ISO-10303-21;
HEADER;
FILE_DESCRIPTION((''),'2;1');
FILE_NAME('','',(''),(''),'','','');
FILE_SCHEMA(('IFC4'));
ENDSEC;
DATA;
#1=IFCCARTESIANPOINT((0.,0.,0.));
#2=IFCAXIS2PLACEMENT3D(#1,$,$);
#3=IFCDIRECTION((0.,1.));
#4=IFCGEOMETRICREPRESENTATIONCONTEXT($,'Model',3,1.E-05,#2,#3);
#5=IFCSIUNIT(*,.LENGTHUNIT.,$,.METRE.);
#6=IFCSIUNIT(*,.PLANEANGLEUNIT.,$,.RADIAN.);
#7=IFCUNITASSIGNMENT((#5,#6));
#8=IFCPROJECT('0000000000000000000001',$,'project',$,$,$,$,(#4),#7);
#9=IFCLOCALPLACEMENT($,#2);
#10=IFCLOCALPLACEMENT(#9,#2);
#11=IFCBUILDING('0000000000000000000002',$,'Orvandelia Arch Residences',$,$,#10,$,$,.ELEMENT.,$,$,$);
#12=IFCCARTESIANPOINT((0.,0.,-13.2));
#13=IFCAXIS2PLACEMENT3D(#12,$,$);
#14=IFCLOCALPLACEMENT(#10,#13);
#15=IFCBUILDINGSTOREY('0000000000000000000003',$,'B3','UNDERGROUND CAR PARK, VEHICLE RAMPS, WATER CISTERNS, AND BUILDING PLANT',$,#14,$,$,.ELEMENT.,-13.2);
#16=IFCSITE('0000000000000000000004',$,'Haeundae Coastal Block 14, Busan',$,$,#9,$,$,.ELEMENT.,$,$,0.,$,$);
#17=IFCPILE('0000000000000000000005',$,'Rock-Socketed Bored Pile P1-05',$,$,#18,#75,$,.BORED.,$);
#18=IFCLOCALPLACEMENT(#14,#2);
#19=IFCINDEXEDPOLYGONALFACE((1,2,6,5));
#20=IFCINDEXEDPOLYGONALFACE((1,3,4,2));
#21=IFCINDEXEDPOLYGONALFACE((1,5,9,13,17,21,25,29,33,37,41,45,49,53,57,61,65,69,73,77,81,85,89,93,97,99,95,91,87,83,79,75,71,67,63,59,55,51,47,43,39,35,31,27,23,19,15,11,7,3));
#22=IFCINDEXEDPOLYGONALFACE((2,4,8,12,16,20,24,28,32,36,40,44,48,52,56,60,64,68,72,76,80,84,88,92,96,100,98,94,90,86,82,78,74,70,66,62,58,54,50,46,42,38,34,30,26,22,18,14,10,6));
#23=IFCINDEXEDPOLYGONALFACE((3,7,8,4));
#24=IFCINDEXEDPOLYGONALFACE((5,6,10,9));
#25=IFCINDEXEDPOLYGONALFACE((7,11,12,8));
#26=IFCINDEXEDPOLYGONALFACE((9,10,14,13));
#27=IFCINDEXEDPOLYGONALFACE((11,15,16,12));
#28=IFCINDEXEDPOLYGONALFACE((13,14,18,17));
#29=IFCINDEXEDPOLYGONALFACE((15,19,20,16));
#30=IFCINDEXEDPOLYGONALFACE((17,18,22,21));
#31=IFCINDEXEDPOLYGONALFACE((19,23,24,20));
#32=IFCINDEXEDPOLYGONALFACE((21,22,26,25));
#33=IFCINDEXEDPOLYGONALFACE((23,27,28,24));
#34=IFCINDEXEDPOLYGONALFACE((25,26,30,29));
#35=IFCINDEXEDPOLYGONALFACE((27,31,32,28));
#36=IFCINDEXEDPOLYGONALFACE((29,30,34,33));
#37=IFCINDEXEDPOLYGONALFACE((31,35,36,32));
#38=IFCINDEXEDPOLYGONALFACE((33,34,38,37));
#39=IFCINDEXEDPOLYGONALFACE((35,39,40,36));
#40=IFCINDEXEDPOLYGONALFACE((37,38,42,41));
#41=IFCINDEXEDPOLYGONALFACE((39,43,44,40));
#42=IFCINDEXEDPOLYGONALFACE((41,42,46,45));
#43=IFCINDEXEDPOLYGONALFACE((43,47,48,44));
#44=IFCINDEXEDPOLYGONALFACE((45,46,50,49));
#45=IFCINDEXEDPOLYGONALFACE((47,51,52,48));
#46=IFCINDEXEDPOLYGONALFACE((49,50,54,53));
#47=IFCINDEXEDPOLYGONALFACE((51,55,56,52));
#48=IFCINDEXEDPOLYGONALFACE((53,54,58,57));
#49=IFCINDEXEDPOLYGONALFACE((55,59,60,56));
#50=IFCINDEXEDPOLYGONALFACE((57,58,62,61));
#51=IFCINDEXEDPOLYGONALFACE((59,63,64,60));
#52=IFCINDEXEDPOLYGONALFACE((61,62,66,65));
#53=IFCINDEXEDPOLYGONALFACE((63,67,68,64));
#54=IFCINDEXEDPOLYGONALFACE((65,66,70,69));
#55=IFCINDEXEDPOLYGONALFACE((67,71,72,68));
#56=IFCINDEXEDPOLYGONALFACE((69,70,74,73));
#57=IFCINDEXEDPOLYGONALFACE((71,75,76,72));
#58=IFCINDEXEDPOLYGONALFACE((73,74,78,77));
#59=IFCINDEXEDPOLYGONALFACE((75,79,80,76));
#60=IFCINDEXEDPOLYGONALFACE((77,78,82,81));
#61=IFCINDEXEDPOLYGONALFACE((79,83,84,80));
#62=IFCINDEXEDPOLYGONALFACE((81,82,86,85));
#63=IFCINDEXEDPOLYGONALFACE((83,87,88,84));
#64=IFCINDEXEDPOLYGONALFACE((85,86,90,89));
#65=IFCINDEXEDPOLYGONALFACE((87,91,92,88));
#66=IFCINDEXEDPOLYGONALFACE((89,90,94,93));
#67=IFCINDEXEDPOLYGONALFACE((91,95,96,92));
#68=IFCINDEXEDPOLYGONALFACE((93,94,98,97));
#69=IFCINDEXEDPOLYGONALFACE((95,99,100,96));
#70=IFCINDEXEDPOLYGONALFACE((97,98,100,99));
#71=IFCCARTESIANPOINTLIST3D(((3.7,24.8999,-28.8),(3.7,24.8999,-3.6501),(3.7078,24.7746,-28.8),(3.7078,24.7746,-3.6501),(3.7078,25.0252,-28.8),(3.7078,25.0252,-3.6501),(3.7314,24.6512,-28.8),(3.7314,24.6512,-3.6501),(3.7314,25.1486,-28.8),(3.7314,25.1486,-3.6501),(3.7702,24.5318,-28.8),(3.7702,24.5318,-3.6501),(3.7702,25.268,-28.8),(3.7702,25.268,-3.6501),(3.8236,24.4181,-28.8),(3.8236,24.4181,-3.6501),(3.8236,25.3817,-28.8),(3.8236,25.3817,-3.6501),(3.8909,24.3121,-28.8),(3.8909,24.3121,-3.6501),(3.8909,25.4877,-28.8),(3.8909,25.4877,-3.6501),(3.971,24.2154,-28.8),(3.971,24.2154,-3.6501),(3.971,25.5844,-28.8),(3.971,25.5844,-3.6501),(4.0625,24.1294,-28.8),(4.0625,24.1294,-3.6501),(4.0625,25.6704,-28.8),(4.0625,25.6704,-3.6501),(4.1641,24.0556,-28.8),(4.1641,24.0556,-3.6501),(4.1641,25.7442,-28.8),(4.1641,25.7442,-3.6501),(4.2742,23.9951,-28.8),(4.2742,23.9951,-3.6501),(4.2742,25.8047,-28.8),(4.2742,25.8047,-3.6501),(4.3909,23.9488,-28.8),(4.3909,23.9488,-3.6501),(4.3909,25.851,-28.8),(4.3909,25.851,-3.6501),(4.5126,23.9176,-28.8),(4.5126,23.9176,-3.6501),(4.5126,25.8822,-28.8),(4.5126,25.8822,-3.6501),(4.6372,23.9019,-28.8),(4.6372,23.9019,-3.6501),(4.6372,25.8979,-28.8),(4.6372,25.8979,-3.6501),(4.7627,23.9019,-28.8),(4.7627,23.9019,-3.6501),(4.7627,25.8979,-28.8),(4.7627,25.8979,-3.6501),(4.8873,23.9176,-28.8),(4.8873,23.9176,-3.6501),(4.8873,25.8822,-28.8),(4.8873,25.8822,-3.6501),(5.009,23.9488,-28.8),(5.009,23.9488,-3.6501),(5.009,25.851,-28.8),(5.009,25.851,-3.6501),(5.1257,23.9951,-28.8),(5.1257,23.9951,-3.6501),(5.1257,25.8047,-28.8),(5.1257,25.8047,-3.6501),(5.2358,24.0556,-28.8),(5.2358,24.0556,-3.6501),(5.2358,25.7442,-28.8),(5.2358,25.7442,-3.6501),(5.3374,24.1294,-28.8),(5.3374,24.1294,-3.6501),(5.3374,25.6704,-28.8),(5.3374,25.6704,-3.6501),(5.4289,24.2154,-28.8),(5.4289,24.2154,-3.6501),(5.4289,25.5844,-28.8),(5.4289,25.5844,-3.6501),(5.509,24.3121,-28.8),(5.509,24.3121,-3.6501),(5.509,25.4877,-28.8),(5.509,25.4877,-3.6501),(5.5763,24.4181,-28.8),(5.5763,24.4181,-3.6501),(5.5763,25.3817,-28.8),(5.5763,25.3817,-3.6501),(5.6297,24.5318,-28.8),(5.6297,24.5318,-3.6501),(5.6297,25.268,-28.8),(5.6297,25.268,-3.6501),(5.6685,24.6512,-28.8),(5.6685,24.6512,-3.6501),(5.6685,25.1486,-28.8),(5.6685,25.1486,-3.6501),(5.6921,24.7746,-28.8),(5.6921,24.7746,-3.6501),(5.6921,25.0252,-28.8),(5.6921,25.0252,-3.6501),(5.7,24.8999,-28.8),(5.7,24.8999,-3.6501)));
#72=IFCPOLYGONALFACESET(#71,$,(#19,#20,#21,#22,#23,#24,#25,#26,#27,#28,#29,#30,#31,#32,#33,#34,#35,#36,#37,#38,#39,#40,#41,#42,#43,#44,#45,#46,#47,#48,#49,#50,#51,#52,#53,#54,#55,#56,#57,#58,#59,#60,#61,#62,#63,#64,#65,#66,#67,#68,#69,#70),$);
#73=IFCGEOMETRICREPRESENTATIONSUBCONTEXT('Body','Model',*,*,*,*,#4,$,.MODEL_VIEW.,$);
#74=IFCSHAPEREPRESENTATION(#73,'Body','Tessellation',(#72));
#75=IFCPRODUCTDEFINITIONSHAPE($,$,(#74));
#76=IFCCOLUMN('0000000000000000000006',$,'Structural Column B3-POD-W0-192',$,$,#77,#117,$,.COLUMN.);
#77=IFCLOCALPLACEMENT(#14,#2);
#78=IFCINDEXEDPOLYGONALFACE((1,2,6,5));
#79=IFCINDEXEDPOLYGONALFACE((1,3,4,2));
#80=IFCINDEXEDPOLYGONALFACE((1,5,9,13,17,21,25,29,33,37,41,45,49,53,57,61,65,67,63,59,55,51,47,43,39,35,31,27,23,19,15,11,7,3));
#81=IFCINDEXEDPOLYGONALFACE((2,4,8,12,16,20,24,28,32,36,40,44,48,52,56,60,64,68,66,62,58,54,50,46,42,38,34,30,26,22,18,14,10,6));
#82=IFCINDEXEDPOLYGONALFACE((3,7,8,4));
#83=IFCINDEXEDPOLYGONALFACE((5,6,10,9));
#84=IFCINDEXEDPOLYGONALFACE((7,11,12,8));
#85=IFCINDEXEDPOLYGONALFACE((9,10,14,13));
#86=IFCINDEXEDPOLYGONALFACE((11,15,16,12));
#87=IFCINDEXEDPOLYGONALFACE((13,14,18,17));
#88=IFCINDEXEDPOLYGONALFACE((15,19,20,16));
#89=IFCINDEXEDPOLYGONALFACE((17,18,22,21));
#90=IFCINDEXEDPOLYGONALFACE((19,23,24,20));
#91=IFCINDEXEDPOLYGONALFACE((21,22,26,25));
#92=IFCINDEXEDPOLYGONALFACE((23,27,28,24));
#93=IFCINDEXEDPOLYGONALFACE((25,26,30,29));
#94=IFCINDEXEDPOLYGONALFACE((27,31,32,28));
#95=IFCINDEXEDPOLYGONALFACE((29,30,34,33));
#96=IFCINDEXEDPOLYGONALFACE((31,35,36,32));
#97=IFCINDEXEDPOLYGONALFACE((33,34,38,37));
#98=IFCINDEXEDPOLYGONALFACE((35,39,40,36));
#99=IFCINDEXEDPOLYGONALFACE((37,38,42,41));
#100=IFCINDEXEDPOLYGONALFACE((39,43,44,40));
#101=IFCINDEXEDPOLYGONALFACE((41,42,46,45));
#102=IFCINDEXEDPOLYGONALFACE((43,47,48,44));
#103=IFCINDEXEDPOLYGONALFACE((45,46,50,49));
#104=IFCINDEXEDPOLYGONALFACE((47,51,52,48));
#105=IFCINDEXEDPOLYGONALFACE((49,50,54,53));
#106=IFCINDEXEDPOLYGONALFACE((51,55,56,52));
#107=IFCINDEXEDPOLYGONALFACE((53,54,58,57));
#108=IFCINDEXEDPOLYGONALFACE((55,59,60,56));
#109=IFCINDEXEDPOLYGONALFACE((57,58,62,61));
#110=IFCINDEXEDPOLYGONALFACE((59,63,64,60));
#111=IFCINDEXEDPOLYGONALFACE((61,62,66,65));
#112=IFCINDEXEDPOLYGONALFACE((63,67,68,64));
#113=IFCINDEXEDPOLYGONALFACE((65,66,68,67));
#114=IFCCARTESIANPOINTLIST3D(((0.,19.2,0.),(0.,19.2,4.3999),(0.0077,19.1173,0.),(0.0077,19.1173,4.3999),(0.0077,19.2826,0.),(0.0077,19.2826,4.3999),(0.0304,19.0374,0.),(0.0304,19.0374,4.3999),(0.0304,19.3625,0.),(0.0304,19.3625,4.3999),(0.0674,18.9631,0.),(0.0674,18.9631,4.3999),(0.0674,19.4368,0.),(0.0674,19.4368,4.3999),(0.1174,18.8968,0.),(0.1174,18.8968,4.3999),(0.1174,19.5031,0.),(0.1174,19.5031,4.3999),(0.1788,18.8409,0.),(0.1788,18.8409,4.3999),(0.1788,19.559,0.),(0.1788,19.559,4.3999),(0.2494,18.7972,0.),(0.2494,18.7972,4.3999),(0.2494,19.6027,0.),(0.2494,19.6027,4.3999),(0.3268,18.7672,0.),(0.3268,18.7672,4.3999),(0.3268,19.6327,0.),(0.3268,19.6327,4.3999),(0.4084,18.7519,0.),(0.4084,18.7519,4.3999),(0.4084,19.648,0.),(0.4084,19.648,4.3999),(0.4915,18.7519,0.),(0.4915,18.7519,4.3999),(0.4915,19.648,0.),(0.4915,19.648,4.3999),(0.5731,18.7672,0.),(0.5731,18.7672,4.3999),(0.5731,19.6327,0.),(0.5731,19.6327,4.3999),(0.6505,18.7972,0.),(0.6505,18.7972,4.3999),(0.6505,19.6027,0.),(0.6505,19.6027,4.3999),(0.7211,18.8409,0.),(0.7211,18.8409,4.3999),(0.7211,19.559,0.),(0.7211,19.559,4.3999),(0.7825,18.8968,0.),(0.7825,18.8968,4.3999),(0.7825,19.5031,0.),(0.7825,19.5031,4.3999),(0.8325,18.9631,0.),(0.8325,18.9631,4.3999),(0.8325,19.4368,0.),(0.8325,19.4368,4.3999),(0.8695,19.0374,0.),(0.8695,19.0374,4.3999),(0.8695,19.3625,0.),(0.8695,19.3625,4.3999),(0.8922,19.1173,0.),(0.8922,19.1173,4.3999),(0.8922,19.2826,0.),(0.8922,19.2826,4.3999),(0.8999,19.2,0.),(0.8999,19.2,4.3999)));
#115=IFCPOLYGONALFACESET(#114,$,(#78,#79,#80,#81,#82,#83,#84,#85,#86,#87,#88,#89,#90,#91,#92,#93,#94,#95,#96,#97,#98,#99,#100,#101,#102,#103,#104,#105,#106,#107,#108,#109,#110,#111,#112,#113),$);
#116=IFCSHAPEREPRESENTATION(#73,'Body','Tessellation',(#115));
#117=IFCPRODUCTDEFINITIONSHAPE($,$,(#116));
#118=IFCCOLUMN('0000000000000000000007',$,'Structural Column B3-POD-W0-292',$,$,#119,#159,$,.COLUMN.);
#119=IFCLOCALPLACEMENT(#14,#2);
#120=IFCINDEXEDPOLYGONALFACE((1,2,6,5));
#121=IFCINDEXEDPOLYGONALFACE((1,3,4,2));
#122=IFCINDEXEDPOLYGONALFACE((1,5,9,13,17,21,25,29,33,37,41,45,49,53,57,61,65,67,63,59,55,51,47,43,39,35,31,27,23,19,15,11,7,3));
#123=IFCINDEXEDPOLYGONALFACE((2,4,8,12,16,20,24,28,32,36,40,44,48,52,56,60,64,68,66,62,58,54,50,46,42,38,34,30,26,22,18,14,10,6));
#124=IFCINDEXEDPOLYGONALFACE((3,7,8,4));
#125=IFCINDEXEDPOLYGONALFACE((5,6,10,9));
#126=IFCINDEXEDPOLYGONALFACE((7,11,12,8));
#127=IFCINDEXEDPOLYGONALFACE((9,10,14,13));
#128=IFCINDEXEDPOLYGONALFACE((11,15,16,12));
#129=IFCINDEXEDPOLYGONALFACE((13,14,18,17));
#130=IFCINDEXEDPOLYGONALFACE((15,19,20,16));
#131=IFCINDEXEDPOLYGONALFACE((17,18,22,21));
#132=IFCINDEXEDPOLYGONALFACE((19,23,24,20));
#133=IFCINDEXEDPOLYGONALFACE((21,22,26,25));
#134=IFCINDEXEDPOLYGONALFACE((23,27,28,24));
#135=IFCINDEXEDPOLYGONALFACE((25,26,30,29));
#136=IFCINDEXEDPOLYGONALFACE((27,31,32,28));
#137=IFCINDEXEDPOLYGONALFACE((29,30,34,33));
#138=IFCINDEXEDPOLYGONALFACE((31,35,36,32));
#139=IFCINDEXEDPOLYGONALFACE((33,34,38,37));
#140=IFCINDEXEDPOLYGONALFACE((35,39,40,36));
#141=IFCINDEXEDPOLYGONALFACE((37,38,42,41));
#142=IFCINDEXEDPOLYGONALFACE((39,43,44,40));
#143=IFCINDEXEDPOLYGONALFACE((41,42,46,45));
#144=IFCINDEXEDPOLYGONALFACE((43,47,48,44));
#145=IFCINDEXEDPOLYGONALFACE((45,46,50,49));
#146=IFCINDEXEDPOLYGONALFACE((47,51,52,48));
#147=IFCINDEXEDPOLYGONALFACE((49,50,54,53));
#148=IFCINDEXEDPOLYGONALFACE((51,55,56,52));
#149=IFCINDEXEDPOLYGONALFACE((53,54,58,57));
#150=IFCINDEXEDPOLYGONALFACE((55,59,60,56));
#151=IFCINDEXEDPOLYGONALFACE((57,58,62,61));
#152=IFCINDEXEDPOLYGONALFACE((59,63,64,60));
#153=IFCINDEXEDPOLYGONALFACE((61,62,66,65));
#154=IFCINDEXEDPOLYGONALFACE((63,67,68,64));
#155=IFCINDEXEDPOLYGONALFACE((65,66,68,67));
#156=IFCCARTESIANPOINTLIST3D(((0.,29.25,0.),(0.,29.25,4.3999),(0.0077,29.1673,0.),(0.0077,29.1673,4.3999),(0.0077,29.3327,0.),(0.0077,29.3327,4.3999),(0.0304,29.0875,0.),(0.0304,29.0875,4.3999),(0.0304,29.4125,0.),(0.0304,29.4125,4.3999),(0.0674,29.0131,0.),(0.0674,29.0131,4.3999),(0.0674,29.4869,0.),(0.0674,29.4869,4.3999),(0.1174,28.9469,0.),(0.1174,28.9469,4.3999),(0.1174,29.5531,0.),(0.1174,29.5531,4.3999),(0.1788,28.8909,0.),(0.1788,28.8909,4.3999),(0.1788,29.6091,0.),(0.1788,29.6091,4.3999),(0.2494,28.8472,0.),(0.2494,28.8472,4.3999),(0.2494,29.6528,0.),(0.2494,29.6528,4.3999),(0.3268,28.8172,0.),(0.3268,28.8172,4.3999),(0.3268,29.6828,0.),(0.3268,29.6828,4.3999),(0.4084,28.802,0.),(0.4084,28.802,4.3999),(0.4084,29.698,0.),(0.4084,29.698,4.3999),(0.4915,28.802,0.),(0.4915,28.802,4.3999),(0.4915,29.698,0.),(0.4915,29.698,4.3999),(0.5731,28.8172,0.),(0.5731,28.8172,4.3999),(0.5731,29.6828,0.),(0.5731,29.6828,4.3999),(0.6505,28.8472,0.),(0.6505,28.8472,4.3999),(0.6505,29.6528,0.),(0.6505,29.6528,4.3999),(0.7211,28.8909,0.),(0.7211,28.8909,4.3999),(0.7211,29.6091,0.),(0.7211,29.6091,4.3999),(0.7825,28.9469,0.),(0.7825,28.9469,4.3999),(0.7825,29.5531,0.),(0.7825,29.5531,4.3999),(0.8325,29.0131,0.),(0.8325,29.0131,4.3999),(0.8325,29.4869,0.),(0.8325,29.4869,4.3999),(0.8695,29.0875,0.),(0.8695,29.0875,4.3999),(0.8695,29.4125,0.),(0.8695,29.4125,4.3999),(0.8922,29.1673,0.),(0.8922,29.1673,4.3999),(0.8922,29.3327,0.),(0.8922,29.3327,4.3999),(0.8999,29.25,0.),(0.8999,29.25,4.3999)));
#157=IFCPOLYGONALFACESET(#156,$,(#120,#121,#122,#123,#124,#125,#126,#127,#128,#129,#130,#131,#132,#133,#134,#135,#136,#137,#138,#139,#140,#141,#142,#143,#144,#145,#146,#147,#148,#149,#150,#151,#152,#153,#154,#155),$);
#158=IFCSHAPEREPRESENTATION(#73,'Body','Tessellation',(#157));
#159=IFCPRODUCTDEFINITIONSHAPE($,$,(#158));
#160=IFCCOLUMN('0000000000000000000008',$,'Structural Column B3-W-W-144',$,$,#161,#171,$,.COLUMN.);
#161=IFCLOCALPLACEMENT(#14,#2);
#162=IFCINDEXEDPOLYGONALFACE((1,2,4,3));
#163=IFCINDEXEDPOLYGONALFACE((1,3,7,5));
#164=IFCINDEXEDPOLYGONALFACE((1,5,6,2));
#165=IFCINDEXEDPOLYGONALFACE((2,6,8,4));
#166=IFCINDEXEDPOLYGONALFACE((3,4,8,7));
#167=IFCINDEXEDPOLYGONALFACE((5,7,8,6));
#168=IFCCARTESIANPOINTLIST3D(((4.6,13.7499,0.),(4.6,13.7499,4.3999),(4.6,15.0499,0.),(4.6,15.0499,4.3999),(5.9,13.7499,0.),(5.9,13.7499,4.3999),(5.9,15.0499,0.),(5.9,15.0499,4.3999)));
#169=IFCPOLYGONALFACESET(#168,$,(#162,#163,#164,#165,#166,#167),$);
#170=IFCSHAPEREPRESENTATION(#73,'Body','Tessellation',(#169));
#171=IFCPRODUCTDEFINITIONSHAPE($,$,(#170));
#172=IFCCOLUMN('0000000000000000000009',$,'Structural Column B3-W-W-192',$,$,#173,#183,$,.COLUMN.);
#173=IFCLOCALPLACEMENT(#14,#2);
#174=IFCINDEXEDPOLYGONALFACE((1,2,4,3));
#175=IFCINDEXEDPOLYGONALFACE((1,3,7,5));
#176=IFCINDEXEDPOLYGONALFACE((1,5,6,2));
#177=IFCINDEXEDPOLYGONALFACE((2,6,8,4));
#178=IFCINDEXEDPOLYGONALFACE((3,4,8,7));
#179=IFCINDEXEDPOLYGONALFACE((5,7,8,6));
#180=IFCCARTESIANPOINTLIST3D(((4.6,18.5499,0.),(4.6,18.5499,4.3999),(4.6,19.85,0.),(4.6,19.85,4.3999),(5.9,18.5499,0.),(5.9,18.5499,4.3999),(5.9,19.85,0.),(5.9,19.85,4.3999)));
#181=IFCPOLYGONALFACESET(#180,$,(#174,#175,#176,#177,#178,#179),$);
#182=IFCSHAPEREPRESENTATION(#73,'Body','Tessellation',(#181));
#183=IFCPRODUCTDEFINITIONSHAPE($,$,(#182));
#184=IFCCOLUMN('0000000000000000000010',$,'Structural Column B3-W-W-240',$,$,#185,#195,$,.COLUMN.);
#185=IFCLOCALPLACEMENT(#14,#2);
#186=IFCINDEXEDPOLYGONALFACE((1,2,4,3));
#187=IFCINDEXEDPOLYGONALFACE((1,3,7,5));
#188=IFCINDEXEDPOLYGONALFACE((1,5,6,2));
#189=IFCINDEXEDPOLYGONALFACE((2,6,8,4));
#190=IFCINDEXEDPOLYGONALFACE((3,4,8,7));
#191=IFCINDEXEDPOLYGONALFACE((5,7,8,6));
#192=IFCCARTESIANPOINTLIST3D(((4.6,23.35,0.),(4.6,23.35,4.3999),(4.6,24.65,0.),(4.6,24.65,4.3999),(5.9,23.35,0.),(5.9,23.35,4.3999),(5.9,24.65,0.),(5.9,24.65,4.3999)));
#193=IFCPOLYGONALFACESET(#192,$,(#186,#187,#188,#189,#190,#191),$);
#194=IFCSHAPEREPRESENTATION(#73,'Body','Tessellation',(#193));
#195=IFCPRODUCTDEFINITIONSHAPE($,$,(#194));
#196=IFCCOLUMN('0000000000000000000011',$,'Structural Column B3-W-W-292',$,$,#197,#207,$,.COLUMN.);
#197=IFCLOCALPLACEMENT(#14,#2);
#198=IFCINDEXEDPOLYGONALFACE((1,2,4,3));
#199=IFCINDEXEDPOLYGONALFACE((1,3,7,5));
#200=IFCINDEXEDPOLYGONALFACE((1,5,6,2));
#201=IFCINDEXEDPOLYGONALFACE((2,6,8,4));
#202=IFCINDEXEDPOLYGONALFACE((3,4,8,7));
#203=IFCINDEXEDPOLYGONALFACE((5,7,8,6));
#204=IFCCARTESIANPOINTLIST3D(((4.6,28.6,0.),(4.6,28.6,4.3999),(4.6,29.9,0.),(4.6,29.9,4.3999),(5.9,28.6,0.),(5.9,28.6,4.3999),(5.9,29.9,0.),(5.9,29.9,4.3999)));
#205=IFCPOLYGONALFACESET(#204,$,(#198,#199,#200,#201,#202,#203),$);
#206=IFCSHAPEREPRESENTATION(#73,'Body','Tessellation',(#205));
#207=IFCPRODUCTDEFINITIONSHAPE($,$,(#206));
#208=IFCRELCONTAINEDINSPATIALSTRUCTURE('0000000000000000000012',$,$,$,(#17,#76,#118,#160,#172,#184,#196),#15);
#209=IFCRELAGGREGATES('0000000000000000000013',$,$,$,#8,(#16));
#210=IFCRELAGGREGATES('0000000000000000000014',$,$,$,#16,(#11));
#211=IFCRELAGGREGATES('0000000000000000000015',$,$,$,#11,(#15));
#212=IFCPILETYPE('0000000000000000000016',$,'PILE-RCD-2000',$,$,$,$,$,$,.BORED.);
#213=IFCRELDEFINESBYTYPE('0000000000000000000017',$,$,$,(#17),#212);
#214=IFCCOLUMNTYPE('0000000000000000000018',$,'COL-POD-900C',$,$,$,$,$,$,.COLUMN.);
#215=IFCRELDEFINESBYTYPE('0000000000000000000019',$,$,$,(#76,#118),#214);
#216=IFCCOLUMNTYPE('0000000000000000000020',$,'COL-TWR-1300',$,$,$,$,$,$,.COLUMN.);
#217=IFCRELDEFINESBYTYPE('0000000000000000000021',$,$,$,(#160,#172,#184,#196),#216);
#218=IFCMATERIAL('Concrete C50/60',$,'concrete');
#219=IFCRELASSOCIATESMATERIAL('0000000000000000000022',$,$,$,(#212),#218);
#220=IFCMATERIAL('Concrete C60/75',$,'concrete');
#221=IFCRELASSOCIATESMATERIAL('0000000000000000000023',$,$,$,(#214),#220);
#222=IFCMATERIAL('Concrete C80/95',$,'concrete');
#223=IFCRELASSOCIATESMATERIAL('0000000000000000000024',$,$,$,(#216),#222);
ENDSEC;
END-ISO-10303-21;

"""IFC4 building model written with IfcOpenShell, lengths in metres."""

from ifc_helpers import new_model, si_unit, direction, frame, origin, origin_2d, place, context, subcontext, project, spatial, rectangle, circle, extrude, material, material_profile, profile_set, type_object, element, save


model = new_model("IFC4")

# Units and contexts
model_context = context("Model", 3, precision=1e-05, world=origin(), true_north=direction((0.0, 1.0)))
body_context = subcontext(model_context, "Body", "Model", "MODEL_VIEW")
ifc_project = project(units=[si_unit("LENGTHUNIT", "METRE"), si_unit("PLANEANGLEUNIT", "RADIAN")], contexts=[model_context])

# Site, building, storey
site_placement = place(None, origin())
site = spatial("IfcSite", under=ifc_project, at=site_placement, Name="Haeundae Coastal Block 14, Busan", CompositionType="ELEMENT", RefElevation=0.0)
building_placement = place(site_placement, origin())
building = spatial("IfcBuilding", under=site, at=building_placement, Name="Orvandelia Arch Residences", CompositionType="ELEMENT")
storey_placement = place(building_placement, frame((0.0, 0.0, -13.2)))
storey = spatial("IfcBuildingStorey", under=building, at=storey_placement, Name="B3", Description="UNDERGROUND CAR PARK, VEHICLE RAMPS, WATER CISTERNS, AND BUILDING PLANT", CompositionType="ELEMENT", Elevation=-13.2)

# Shared definitions
ifc_material_1 = material(Name="Concrete C50/60", Category="concrete")

# Pile
ifc_material_profile_1 = material_profile(ifc_material_1, circle(Radius=1.0, at=origin_2d()), Name="Concrete C50/60", Category="concrete")
ifc_profile_set_1 = profile_set([ifc_material_profile_1], Name="Concrete C50/60")
pile_type = type_object("IfcPileType", Name="PILE-RCD-2000", PredefinedType="BORED", material=ifc_profile_set_1)
for number, where, z_axis, x_axis, name in (
    (1, (4.7, 24.8999, -3.6501), (0.0, 0.0, -1.0), (1.0, 0.0, 0.0), "Rock-Socketed Bored Pile P1-05"),
):
    element("IfcPile", number, at=place(storey_placement, frame(where, z_axis=z_axis, x_axis=x_axis)), inside=storey, type_object=pile_type, Name=name, PredefinedType="BORED", context=body_context, shape_type="SweptSolid", body=[
        extrude(circle(Radius=1.0, at=origin_2d()), origin(), (0.0, 0.0, 1.0), 25.1499),
    ])

# Columns
ifc_material_2 = material(Name="Concrete C60/75", Category="concrete")
ifc_material_profile_2 = material_profile(ifc_material_2, circle(Radius=0.45, at=origin_2d()), Name="Concrete C60/75", Category="concrete")
ifc_profile_set_2 = profile_set([ifc_material_profile_2], Name="Concrete C60/75")
column_type_1 = type_object("IfcColumnType", Name="COL-POD-900C", PredefinedType="COLUMN", material=ifc_profile_set_2)
for number, where, z_axis, x_axis, name in (
    (2, (0.45, 19.2, 0.0), (0.0, 0.0, 1.0), (1.0, 0.0, 0.0), "Structural Column B3-POD-W0-192"),
    (3, (0.45, 29.25, 0.0), (0.0, 0.0, 1.0), (1.0, 0.0, 0.0), "Structural Column B3-POD-W0-292"),
):
    element("IfcColumn", number, at=place(storey_placement, frame(where, z_axis=z_axis, x_axis=x_axis)), inside=storey, type_object=column_type_1, Name=name, PredefinedType="COLUMN", context=body_context, shape_type="SweptSolid", body=[
        extrude(circle(Radius=0.45, at=origin_2d()), origin(), (0.0, 0.0, 1.0), 4.3999),
    ])
ifc_material_3 = material(Name="Concrete C80/95", Category="concrete")
ifc_material_profile_3 = material_profile(ifc_material_3, rectangle(XDim=1.3, YDim=1.3, at=origin_2d()), Name="Concrete C80/95", Category="concrete")
ifc_profile_set_3 = profile_set([ifc_material_profile_3], Name="Concrete C80/95")
column_type_2 = type_object("IfcColumnType", Name="COL-TWR-1300", PredefinedType="COLUMN", material=ifc_profile_set_3)
for number, where, z_axis, x_axis, name in (
    (4, (5.25, 14.3999, 0.0), (0.0, 0.0, 1.0), (1.0, 0.0, 0.0), "Structural Column B3-W-W-144"),
    (5, (5.25, 19.2, 0.0), (0.0, 0.0, 1.0), (1.0, 0.0, 0.0), "Structural Column B3-W-W-192"),
    (6, (5.25, 24.0, 0.0), (0.0, 0.0, 1.0), (1.0, 0.0, 0.0), "Structural Column B3-W-W-240"),
    (7, (5.25, 29.25, 0.0), (0.0, 0.0, 1.0), (1.0, 0.0, 0.0), "Structural Column B3-W-W-292"),
):
    element("IfcColumn", number, at=place(storey_placement, frame(where, z_axis=z_axis, x_axis=x_axis)), inside=storey, type_object=column_type_2, Name=name, PredefinedType="COLUMN", context=body_context, shape_type="SweptSolid", body=[
        extrude(rectangle(XDim=1.3, YDim=1.3, at=origin_2d()), origin(), (0.0, 0.0, 1.0), 4.3999),
    ])

save(model, "model.ifc")
